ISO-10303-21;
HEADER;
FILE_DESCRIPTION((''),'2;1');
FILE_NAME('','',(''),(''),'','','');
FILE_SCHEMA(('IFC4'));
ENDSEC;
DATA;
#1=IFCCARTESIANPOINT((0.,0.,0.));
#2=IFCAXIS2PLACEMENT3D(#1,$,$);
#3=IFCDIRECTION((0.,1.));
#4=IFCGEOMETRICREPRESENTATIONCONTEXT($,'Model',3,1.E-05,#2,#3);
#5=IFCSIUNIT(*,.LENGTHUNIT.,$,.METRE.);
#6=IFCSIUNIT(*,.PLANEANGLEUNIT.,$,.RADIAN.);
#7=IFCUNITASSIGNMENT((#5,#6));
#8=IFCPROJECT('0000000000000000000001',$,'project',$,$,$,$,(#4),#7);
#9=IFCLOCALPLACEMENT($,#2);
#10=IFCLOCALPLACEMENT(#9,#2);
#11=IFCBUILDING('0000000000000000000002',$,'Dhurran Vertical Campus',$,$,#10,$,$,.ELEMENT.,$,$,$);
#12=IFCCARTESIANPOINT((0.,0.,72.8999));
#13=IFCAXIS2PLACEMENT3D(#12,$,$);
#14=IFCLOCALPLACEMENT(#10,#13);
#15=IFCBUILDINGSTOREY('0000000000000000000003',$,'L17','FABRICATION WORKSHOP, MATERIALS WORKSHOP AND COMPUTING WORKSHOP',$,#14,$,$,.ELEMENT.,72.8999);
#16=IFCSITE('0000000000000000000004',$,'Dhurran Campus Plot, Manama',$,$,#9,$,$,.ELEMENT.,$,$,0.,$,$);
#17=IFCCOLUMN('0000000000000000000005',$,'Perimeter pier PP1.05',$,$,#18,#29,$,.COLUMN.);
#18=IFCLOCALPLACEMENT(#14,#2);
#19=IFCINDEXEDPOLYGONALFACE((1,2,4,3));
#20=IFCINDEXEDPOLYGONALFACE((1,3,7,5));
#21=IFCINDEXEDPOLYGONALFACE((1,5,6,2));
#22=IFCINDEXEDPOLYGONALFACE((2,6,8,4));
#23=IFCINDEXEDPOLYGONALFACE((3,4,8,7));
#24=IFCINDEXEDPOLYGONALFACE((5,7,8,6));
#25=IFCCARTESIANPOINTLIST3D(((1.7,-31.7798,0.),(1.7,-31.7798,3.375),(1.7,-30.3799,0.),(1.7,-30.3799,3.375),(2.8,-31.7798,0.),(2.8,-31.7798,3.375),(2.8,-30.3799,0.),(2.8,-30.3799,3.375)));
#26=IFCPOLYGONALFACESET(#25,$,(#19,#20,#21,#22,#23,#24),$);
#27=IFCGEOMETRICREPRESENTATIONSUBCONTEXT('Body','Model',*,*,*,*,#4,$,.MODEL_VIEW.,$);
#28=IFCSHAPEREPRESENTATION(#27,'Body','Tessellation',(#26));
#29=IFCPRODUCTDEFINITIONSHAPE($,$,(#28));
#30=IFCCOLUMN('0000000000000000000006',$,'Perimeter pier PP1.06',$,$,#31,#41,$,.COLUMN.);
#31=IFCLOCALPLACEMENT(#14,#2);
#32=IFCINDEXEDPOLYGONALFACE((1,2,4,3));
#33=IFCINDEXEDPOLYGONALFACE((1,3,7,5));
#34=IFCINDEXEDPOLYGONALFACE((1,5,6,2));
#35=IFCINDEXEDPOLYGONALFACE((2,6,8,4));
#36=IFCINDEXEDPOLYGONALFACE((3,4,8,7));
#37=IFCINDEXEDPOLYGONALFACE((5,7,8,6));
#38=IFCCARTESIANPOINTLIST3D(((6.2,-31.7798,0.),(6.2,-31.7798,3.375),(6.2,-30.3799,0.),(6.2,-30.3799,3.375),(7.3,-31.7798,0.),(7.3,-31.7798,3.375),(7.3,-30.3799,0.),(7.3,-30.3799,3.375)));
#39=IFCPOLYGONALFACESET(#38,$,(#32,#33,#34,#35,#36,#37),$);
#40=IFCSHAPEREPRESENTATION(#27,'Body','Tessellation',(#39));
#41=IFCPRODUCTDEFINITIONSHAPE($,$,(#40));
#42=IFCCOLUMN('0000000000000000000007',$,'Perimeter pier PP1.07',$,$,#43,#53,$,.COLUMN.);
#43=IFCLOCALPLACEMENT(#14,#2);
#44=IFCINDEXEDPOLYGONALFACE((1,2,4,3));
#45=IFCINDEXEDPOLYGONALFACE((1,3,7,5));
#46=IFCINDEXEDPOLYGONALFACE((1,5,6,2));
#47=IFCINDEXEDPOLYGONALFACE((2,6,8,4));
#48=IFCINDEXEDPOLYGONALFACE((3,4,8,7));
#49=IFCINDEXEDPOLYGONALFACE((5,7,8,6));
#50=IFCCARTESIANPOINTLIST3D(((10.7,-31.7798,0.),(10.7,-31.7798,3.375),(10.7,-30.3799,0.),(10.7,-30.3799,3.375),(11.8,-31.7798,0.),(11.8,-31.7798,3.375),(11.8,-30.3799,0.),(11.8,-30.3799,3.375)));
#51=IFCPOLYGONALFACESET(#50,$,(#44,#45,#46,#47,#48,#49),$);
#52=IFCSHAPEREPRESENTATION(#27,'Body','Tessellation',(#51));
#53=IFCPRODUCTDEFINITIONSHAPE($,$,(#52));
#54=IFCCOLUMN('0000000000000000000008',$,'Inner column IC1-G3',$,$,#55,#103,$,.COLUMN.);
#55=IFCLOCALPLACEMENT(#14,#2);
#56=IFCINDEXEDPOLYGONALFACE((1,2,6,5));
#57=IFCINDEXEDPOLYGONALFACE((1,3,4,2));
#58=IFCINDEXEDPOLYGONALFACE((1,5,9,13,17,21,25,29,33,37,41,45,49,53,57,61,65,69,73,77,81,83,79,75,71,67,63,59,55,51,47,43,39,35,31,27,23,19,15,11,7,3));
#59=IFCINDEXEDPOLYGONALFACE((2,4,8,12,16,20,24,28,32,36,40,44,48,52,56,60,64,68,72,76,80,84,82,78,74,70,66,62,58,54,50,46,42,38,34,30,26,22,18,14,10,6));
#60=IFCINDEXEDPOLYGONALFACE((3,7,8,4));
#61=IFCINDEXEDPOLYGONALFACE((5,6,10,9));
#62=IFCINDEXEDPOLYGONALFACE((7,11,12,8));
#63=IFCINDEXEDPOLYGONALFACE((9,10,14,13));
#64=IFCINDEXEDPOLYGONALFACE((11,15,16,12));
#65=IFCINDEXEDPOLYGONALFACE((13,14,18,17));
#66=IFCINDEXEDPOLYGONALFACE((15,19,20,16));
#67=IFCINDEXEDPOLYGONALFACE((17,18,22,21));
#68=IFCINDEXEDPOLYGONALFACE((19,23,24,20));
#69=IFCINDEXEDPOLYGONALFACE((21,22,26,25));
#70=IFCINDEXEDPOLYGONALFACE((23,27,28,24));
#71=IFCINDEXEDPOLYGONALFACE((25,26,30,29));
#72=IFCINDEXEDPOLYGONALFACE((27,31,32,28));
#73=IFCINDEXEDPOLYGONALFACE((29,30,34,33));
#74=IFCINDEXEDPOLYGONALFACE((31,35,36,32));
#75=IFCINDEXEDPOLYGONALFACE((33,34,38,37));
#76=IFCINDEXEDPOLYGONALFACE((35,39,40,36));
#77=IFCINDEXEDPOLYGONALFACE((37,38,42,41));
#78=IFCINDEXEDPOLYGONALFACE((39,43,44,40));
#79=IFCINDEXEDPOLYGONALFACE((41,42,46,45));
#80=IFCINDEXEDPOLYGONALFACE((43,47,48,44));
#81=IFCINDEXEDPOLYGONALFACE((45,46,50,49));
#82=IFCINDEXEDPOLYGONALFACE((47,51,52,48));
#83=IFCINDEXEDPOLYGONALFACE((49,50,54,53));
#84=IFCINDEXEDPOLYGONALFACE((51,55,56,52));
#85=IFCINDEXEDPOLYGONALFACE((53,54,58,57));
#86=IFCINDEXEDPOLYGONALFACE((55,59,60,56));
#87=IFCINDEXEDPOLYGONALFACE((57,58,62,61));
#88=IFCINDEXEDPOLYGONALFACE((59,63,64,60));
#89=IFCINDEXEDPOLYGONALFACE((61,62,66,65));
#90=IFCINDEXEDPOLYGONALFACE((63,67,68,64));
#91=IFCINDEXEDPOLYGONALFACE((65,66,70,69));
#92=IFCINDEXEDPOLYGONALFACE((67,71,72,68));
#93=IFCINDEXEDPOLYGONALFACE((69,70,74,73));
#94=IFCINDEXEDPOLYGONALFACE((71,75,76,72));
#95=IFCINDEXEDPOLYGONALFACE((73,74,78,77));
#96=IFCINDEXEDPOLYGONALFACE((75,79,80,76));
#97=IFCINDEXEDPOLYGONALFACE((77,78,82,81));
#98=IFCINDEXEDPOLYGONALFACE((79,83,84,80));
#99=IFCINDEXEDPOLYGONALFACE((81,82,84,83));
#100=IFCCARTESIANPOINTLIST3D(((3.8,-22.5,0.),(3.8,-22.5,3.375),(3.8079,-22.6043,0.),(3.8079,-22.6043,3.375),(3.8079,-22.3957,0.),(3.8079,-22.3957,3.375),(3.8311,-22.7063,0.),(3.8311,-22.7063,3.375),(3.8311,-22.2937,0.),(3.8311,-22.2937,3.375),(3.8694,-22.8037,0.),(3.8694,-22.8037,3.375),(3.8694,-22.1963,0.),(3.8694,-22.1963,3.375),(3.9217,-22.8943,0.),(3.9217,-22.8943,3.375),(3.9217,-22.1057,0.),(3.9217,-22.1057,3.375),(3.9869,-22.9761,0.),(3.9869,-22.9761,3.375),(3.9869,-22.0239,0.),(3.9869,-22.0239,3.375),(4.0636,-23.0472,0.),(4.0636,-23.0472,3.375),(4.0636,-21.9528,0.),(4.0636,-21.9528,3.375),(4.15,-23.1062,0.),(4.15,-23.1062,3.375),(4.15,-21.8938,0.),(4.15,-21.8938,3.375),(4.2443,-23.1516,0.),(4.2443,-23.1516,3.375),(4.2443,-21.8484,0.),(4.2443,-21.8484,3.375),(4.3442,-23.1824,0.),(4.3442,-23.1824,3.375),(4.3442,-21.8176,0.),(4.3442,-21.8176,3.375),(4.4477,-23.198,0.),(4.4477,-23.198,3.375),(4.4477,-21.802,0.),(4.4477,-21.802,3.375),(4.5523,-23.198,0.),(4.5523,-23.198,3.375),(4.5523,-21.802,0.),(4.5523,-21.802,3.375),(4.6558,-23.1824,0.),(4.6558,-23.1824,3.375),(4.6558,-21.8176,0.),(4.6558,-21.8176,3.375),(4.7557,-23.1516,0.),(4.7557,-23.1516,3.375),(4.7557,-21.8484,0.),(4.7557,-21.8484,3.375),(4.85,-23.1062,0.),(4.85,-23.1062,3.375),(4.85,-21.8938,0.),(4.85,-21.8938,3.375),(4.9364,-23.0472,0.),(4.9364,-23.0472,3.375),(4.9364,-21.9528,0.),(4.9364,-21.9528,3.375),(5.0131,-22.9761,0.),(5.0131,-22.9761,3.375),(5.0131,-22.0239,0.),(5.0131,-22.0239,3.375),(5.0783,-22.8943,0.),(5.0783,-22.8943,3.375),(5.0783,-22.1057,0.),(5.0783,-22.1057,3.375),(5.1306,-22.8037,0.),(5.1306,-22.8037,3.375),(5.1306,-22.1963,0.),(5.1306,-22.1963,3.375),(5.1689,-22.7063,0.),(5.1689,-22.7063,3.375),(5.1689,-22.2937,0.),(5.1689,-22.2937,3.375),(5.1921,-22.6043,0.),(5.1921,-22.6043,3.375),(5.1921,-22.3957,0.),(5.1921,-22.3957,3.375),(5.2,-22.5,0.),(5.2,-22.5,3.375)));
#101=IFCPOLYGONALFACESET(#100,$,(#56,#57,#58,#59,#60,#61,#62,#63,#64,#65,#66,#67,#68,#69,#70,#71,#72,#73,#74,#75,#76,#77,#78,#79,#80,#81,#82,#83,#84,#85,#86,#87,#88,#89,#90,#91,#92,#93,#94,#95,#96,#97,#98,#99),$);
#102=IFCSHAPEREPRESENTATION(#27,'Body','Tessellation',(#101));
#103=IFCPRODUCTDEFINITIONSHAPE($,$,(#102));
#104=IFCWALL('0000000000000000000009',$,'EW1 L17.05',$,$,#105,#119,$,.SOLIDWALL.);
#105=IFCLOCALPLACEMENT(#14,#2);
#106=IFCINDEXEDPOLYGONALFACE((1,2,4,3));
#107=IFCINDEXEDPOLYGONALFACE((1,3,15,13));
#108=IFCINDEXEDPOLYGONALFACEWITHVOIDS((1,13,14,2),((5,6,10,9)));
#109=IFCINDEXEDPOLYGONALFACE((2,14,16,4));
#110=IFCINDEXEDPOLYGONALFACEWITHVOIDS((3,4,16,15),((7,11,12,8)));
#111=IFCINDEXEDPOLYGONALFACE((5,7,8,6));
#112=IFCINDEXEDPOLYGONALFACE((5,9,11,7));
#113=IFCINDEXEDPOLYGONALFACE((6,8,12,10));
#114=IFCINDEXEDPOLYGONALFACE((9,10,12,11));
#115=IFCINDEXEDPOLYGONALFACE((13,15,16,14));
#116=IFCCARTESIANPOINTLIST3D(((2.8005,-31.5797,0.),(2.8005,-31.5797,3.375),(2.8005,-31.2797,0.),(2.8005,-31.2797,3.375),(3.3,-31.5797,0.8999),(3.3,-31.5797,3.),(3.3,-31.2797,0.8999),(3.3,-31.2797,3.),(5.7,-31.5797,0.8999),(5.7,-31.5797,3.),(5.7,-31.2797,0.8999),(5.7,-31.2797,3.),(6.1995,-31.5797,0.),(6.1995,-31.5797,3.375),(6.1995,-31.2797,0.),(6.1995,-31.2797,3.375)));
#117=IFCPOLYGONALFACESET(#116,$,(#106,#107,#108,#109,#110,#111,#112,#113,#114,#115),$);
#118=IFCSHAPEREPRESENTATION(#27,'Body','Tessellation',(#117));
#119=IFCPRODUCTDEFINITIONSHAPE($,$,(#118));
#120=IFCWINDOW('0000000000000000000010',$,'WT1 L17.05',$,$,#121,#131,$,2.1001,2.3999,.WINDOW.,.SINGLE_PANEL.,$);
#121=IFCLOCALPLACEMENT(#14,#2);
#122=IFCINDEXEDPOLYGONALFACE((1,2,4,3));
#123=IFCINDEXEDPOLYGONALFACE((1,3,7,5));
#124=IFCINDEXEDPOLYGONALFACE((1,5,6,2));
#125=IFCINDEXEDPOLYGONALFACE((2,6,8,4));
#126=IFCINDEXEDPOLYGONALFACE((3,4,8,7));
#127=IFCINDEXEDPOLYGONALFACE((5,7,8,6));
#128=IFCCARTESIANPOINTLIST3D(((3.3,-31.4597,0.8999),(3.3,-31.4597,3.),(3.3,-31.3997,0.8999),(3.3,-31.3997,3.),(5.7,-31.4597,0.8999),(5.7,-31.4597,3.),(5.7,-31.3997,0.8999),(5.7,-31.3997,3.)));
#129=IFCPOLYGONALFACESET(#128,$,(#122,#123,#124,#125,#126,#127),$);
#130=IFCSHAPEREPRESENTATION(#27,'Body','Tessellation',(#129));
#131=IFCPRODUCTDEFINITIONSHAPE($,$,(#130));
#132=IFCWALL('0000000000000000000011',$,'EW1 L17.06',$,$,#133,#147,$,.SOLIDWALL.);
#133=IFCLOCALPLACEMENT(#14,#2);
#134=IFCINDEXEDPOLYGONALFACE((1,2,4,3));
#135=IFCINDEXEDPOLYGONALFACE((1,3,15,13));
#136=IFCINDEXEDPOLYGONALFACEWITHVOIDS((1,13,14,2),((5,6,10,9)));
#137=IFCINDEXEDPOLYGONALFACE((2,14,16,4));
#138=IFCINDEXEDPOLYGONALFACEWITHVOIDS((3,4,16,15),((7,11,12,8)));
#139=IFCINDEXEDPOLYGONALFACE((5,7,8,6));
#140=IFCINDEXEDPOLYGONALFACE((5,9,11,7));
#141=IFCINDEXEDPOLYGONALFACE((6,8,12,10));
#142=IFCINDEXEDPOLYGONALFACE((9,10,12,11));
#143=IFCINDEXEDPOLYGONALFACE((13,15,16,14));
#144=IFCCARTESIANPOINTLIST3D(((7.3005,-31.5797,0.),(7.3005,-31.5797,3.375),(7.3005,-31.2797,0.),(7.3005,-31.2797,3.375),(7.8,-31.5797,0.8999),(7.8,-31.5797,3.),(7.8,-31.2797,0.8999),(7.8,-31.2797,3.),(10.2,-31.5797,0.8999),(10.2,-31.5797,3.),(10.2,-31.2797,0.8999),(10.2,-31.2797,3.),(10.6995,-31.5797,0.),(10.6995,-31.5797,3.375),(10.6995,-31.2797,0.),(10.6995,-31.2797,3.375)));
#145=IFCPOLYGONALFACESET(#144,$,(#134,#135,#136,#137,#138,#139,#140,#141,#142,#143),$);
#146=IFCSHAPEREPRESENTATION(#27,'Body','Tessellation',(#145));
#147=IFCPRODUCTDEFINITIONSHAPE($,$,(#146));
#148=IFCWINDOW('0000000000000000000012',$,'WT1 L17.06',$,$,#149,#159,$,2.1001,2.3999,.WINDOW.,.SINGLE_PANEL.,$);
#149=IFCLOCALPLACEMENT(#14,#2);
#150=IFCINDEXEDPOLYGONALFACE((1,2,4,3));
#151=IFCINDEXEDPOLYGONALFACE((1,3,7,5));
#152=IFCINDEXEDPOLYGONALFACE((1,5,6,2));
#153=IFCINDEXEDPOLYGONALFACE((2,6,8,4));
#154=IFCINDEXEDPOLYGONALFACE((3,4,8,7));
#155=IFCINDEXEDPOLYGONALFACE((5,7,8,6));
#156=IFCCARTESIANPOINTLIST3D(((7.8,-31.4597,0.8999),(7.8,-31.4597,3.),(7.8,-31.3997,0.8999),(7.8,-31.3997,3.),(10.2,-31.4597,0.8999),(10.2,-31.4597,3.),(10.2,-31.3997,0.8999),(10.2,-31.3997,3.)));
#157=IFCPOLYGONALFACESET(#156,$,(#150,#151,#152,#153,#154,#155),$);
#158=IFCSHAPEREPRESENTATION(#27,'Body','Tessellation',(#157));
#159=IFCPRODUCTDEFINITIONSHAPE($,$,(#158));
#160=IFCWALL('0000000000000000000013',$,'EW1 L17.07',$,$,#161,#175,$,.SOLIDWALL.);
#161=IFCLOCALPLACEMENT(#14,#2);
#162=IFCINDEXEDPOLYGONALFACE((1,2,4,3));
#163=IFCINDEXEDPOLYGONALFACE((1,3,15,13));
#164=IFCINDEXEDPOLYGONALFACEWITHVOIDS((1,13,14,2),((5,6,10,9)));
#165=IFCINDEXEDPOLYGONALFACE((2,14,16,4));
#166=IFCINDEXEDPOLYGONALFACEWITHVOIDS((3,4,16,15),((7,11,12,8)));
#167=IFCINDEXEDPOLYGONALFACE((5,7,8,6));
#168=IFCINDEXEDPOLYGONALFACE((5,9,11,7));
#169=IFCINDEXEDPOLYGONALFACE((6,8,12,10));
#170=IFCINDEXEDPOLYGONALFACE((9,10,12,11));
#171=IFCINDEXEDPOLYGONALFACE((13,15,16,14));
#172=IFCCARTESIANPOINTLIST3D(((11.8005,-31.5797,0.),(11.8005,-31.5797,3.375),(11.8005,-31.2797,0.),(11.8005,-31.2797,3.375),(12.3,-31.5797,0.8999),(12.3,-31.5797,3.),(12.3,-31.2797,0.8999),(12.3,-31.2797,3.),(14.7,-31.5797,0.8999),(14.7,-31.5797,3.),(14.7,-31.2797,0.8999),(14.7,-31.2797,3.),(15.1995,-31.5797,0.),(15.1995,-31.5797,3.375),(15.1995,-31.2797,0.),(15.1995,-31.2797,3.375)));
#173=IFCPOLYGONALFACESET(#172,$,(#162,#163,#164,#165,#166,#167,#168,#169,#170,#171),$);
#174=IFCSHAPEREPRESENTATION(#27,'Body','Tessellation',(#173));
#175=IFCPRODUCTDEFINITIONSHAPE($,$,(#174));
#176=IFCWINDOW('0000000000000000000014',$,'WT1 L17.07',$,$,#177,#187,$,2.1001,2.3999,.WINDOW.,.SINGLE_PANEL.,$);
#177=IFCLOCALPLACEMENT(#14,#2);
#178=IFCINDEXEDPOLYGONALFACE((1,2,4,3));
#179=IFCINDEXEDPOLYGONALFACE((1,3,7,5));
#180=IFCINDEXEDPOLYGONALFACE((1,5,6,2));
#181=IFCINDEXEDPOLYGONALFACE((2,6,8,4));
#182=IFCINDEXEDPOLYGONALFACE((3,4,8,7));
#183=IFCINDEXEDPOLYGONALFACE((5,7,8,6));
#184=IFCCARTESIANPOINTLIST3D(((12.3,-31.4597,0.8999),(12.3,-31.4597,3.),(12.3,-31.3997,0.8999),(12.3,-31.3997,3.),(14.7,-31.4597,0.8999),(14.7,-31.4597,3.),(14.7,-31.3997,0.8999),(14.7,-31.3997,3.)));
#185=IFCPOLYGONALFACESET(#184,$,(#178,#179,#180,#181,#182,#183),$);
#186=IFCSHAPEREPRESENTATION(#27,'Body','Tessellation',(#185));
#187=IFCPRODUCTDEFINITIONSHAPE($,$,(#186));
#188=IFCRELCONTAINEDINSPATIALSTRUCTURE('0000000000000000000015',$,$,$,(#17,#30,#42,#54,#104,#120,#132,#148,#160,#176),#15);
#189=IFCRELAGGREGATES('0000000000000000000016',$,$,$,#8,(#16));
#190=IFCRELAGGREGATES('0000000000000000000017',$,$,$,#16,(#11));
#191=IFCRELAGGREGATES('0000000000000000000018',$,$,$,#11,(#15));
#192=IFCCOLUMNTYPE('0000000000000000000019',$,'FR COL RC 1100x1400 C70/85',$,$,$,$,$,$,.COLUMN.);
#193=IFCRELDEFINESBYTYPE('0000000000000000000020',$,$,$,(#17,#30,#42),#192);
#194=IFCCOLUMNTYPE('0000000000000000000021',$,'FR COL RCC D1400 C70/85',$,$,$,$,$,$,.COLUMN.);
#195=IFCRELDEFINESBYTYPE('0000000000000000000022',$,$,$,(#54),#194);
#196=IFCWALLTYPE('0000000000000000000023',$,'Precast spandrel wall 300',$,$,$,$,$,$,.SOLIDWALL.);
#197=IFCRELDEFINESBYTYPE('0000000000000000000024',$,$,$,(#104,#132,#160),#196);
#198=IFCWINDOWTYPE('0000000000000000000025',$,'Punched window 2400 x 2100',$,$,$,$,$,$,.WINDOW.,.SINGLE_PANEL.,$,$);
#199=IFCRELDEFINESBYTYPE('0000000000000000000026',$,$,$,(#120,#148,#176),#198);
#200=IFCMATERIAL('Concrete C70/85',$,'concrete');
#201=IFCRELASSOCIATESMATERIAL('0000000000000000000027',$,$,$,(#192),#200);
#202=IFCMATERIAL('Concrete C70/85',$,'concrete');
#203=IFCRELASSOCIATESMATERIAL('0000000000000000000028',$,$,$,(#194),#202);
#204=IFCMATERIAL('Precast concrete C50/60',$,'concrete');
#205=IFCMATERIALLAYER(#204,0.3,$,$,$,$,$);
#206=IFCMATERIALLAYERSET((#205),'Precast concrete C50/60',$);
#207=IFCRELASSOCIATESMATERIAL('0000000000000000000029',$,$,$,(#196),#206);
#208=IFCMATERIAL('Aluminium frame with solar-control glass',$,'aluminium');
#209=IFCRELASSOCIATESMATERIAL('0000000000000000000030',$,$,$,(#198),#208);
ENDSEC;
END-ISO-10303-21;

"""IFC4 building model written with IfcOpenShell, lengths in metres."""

from ifc_helpers import new_model, si_unit, direction, frame, frame_2d, origin, origin_2d, place, context, subcontext, project, spatial, rectangle, circle, extrude, material, layer, layer_set, material_profile, profile_set, type_object, element, fill, save


model = new_model("IFC4")

# Units and contexts
model_context = context("Model", 3, precision=1e-05, world=origin(), true_north=direction((0.0, 1.0)))
body_context = subcontext(model_context, "Body", "Model", "MODEL_VIEW")
ifc_project = project(units=[si_unit("LENGTHUNIT", "METRE"), si_unit("PLANEANGLEUNIT", "RADIAN")], contexts=[model_context])

# Site, building, storey
site_placement = place(None, origin())
site = spatial("IfcSite", under=ifc_project, at=site_placement, Name="Dhurran Campus Plot, Manama", CompositionType="ELEMENT", RefElevation=0.0)
building_placement = place(site_placement, origin())
building = spatial("IfcBuilding", under=site, at=building_placement, Name="Dhurran Vertical Campus", CompositionType="ELEMENT")
storey_placement = place(building_placement, frame((0.0, 0.0, 72.8999)))
storey = spatial("IfcBuildingStorey", under=building, at=storey_placement, Name="L17", Description="FABRICATION WORKSHOP, MATERIALS WORKSHOP AND COMPUTING WORKSHOP", CompositionType="ELEMENT", Elevation=72.8999)

# Columns
ifc_material_1 = material(Name="Concrete C70/85", Category="concrete")
ifc_material_profile_1 = material_profile(ifc_material_1, rectangle(XDim=1.1001, YDim=1.3999, at=origin_2d()), Name="RC 1100x1400")
ifc_profile_set_1 = profile_set([ifc_material_profile_1], Name="Concrete C70/85")
column_type_1 = type_object("IfcColumnType", Name="FR COL RC 1100x1400 C70/85", PredefinedType="COLUMN", material=ifc_profile_set_1)
for number, where, z_axis, x_axis, name in (
    (1, (2.25, -31.0798, 0.0), (0.0, 0.0, 1.0), (1.0, 0.0, 0.0), "Perimeter pier PP1.05"),
    (2, (6.75, -31.0798, 0.0), (0.0, 0.0, 1.0), (1.0, 0.0, 0.0), "Perimeter pier PP1.06"),
    (3, (11.25, -31.0798, 0.0), (0.0, 0.0, 1.0), (1.0, 0.0, 0.0), "Perimeter pier PP1.07"),
):
    element("IfcColumn", number, at=place(storey_placement, frame(where, z_axis=z_axis, x_axis=x_axis)), inside=storey, type_object=column_type_1, Name=name, PredefinedType="COLUMN", context=body_context, shape_type="SweptSolid", body=[
        extrude(rectangle(XDim=1.1001, YDim=1.3999, at=origin_2d()), origin(), (0.0, 0.0, 1.0), 3.375),
    ])
ifc_material_2 = material(Name="Concrete C70/85", Category="concrete")
ifc_material_profile_2 = material_profile(ifc_material_2, circle(Radius=0.7, at=origin_2d()), Name="RCC D1400")
ifc_profile_set_2 = profile_set([ifc_material_profile_2], Name="Concrete C70/85")
column_type_2 = type_object("IfcColumnType", Name="FR COL RCC D1400 C70/85", PredefinedType="COLUMN", material=ifc_profile_set_2)
column_placement = place(storey_placement, frame((4.5, -22.5, 0.0), z_axis=(0.0, 0.0, 1.0), x_axis=(1.0, 0.0, 0.0)))
element("IfcColumn", 4, at=column_placement, inside=storey, type_object=column_type_2, Name="Inner column IC1-G3", PredefinedType="COLUMN", context=body_context, shape_type="SweptSolid", body=[
    extrude(circle(Radius=0.7, at=origin_2d()), origin(), (0.0, 0.0, 1.0), 3.375),
])

# Walls, openings, windows
ifc_material_3 = material(Name="Precast concrete C50/60", Category="concrete")
ifc_layer_1 = layer(ifc_material_3, 0.3)
ifc_layer_set_1 = layer_set([ifc_layer_1], Name="Precast concrete C50/60")
wall_type_1 = type_object("IfcWallType", Name="Precast spandrel wall 300", PredefinedType="SOLIDWALL", material=ifc_layer_set_1)
wall_1_placement = place(storey_placement, frame((2.8005, -31.4297, 0.0), z_axis=(0.0, 0.0, 1.0), x_axis=(1.0, 0.0, 0.0)))
wall_1 = element("IfcWall", 5, at=wall_1_placement, inside=storey, type_object=wall_type_1, Name="EW1 L17.05", PredefinedType="SOLIDWALL", context=body_context, shape_type="SweptSolid", body=[
    extrude(rectangle(XDim=3.3989, YDim=0.3, at=frame_2d((1.6995, 0.0))), origin(), (0.0, 0.0, 1.0), 3.375),
])
opening_1_placement = place(wall_1_placement, frame((0.4995, 0.0, 0.8999)))
opening_1 = element("IfcOpeningElement", 6, at=opening_1_placement, cuts=wall_1, PredefinedType="OPENING", context=body_context, shape_type="SweptSolid", body=[
    extrude(rectangle(XDim=2.3999, YDim=2.1001, at=frame_2d((1.2, 1.05))), frame((0.0, 0.1599, 0.0), z_axis=(0.0, -1.0, 0.0), x_axis=(1.0, 0.0, 0.0)), (0.0, 0.0, 1.0), 0.3201),
])
ifc_material_4 = material(Name="Aluminium frame with solar-control glass", Category="aluminium")
window_type = type_object("IfcWindowType", Name="Punched window 2400 x 2100", PartitioningType="SINGLE_PANEL", PredefinedType="WINDOW", material=ifc_material_4)
window_1_placement = place(opening_1_placement, origin())
window_1 = element("IfcWindow", 7, at=window_1_placement, inside=storey, type_object=window_type, Name="WT1 L17.05", OverallHeight=2.1001, OverallWidth=2.3999, PartitioningType="SINGLE_PANEL", PredefinedType="WINDOW", context=body_context, shape_type="SweptSolid", body=[
    extrude(rectangle(XDim=2.3999, YDim=2.1001, at=frame_2d((1.2, 1.05))), frame((0.0, 0.03, 0.0), z_axis=(0.0, -1.0, 0.0), x_axis=(1.0, 0.0, 0.0)), (0.0, 0.0, 1.0), 0.0601),
])
fill(opening_1, window_1)
wall_2_placement = place(storey_placement, frame((7.3005, -31.4297, 0.0), z_axis=(0.0, 0.0, 1.0), x_axis=(1.0, 0.0, 0.0)))
wall_2 = element("IfcWall", 8, at=wall_2_placement, inside=storey, type_object=wall_type_1, Name="EW1 L17.06", PredefinedType="SOLIDWALL", context=body_context, shape_type="SweptSolid", body=[
    extrude(rectangle(XDim=3.3989, YDim=0.3, at=frame_2d((1.6995, 0.0))), origin(), (0.0, 0.0, 1.0), 3.375),
])
opening_2_placement = place(wall_2_placement, frame((0.4995, 0.0, 0.8999)))
opening_2 = element("IfcOpeningElement", 9, at=opening_2_placement, cuts=wall_2, PredefinedType="OPENING", context=body_context, shape_type="SweptSolid", body=[
    extrude(rectangle(XDim=2.3999, YDim=2.1001, at=frame_2d((1.2, 1.05))), frame((0.0, 0.1599, 0.0), z_axis=(0.0, -1.0, 0.0), x_axis=(1.0, 0.0, 0.0)), (0.0, 0.0, 1.0), 0.3201),
])
window_2_placement = place(opening_2_placement, origin())
window_2 = element("IfcWindow", 10, at=window_2_placement, inside=storey, type_object=window_type, Name="WT1 L17.06", OverallHeight=2.1001, OverallWidth=2.3999, PartitioningType="SINGLE_PANEL", PredefinedType="WINDOW", context=body_context, shape_type="SweptSolid", body=[
    extrude(rectangle(XDim=2.3999, YDim=2.1001, at=frame_2d((1.2, 1.05))), frame((0.0, 0.03, 0.0), z_axis=(0.0, -1.0, 0.0), x_axis=(1.0, 0.0, 0.0)), (0.0, 0.0, 1.0), 0.0601),
])
fill(opening_2, window_2)
wall_3_placement = place(storey_placement, frame((11.8005, -31.4297, 0.0), z_axis=(0.0, 0.0, 1.0), x_axis=(1.0, 0.0, 0.0)))
wall_3 = element("IfcWall", 11, at=wall_3_placement, inside=storey, type_object=wall_type_1, Name="EW1 L17.07", PredefinedType="SOLIDWALL", context=body_context, shape_type="SweptSolid", body=[
    extrude(rectangle(XDim=3.3989, YDim=0.3, at=frame_2d((1.6995, 0.0))), origin(), (0.0, 0.0, 1.0), 3.375),
])
opening_3_placement = place(wall_3_placement, frame((0.4995, 0.0, 0.8999)))
opening_3 = element("IfcOpeningElement", 12, at=opening_3_placement, cuts=wall_3, PredefinedType="OPENING", context=body_context, shape_type="SweptSolid", body=[
    extrude(rectangle(XDim=2.3999, YDim=2.1001, at=frame_2d((1.2, 1.05))), frame((0.0, 0.1599, 0.0), z_axis=(0.0, -1.0, 0.0), x_axis=(1.0, 0.0, 0.0)), (0.0, 0.0, 1.0), 0.3201),
])
window_3_placement = place(opening_3_placement, origin())
window_3 = element("IfcWindow", 13, at=window_3_placement, inside=storey, type_object=window_type, Name="WT1 L17.07", OverallHeight=2.1001, OverallWidth=2.3999, PartitioningType="SINGLE_PANEL", PredefinedType="WINDOW", context=body_context, shape_type="SweptSolid", body=[
    extrude(rectangle(XDim=2.3999, YDim=2.1001, at=frame_2d((1.2, 1.05))), frame((0.0, 0.03, 0.0), z_axis=(0.0, -1.0, 0.0), x_axis=(1.0, 0.0, 0.0)), (0.0, 0.0, 1.0), 0.0601),
])
fill(opening_3, window_3)

save(model, "model.ifc")
